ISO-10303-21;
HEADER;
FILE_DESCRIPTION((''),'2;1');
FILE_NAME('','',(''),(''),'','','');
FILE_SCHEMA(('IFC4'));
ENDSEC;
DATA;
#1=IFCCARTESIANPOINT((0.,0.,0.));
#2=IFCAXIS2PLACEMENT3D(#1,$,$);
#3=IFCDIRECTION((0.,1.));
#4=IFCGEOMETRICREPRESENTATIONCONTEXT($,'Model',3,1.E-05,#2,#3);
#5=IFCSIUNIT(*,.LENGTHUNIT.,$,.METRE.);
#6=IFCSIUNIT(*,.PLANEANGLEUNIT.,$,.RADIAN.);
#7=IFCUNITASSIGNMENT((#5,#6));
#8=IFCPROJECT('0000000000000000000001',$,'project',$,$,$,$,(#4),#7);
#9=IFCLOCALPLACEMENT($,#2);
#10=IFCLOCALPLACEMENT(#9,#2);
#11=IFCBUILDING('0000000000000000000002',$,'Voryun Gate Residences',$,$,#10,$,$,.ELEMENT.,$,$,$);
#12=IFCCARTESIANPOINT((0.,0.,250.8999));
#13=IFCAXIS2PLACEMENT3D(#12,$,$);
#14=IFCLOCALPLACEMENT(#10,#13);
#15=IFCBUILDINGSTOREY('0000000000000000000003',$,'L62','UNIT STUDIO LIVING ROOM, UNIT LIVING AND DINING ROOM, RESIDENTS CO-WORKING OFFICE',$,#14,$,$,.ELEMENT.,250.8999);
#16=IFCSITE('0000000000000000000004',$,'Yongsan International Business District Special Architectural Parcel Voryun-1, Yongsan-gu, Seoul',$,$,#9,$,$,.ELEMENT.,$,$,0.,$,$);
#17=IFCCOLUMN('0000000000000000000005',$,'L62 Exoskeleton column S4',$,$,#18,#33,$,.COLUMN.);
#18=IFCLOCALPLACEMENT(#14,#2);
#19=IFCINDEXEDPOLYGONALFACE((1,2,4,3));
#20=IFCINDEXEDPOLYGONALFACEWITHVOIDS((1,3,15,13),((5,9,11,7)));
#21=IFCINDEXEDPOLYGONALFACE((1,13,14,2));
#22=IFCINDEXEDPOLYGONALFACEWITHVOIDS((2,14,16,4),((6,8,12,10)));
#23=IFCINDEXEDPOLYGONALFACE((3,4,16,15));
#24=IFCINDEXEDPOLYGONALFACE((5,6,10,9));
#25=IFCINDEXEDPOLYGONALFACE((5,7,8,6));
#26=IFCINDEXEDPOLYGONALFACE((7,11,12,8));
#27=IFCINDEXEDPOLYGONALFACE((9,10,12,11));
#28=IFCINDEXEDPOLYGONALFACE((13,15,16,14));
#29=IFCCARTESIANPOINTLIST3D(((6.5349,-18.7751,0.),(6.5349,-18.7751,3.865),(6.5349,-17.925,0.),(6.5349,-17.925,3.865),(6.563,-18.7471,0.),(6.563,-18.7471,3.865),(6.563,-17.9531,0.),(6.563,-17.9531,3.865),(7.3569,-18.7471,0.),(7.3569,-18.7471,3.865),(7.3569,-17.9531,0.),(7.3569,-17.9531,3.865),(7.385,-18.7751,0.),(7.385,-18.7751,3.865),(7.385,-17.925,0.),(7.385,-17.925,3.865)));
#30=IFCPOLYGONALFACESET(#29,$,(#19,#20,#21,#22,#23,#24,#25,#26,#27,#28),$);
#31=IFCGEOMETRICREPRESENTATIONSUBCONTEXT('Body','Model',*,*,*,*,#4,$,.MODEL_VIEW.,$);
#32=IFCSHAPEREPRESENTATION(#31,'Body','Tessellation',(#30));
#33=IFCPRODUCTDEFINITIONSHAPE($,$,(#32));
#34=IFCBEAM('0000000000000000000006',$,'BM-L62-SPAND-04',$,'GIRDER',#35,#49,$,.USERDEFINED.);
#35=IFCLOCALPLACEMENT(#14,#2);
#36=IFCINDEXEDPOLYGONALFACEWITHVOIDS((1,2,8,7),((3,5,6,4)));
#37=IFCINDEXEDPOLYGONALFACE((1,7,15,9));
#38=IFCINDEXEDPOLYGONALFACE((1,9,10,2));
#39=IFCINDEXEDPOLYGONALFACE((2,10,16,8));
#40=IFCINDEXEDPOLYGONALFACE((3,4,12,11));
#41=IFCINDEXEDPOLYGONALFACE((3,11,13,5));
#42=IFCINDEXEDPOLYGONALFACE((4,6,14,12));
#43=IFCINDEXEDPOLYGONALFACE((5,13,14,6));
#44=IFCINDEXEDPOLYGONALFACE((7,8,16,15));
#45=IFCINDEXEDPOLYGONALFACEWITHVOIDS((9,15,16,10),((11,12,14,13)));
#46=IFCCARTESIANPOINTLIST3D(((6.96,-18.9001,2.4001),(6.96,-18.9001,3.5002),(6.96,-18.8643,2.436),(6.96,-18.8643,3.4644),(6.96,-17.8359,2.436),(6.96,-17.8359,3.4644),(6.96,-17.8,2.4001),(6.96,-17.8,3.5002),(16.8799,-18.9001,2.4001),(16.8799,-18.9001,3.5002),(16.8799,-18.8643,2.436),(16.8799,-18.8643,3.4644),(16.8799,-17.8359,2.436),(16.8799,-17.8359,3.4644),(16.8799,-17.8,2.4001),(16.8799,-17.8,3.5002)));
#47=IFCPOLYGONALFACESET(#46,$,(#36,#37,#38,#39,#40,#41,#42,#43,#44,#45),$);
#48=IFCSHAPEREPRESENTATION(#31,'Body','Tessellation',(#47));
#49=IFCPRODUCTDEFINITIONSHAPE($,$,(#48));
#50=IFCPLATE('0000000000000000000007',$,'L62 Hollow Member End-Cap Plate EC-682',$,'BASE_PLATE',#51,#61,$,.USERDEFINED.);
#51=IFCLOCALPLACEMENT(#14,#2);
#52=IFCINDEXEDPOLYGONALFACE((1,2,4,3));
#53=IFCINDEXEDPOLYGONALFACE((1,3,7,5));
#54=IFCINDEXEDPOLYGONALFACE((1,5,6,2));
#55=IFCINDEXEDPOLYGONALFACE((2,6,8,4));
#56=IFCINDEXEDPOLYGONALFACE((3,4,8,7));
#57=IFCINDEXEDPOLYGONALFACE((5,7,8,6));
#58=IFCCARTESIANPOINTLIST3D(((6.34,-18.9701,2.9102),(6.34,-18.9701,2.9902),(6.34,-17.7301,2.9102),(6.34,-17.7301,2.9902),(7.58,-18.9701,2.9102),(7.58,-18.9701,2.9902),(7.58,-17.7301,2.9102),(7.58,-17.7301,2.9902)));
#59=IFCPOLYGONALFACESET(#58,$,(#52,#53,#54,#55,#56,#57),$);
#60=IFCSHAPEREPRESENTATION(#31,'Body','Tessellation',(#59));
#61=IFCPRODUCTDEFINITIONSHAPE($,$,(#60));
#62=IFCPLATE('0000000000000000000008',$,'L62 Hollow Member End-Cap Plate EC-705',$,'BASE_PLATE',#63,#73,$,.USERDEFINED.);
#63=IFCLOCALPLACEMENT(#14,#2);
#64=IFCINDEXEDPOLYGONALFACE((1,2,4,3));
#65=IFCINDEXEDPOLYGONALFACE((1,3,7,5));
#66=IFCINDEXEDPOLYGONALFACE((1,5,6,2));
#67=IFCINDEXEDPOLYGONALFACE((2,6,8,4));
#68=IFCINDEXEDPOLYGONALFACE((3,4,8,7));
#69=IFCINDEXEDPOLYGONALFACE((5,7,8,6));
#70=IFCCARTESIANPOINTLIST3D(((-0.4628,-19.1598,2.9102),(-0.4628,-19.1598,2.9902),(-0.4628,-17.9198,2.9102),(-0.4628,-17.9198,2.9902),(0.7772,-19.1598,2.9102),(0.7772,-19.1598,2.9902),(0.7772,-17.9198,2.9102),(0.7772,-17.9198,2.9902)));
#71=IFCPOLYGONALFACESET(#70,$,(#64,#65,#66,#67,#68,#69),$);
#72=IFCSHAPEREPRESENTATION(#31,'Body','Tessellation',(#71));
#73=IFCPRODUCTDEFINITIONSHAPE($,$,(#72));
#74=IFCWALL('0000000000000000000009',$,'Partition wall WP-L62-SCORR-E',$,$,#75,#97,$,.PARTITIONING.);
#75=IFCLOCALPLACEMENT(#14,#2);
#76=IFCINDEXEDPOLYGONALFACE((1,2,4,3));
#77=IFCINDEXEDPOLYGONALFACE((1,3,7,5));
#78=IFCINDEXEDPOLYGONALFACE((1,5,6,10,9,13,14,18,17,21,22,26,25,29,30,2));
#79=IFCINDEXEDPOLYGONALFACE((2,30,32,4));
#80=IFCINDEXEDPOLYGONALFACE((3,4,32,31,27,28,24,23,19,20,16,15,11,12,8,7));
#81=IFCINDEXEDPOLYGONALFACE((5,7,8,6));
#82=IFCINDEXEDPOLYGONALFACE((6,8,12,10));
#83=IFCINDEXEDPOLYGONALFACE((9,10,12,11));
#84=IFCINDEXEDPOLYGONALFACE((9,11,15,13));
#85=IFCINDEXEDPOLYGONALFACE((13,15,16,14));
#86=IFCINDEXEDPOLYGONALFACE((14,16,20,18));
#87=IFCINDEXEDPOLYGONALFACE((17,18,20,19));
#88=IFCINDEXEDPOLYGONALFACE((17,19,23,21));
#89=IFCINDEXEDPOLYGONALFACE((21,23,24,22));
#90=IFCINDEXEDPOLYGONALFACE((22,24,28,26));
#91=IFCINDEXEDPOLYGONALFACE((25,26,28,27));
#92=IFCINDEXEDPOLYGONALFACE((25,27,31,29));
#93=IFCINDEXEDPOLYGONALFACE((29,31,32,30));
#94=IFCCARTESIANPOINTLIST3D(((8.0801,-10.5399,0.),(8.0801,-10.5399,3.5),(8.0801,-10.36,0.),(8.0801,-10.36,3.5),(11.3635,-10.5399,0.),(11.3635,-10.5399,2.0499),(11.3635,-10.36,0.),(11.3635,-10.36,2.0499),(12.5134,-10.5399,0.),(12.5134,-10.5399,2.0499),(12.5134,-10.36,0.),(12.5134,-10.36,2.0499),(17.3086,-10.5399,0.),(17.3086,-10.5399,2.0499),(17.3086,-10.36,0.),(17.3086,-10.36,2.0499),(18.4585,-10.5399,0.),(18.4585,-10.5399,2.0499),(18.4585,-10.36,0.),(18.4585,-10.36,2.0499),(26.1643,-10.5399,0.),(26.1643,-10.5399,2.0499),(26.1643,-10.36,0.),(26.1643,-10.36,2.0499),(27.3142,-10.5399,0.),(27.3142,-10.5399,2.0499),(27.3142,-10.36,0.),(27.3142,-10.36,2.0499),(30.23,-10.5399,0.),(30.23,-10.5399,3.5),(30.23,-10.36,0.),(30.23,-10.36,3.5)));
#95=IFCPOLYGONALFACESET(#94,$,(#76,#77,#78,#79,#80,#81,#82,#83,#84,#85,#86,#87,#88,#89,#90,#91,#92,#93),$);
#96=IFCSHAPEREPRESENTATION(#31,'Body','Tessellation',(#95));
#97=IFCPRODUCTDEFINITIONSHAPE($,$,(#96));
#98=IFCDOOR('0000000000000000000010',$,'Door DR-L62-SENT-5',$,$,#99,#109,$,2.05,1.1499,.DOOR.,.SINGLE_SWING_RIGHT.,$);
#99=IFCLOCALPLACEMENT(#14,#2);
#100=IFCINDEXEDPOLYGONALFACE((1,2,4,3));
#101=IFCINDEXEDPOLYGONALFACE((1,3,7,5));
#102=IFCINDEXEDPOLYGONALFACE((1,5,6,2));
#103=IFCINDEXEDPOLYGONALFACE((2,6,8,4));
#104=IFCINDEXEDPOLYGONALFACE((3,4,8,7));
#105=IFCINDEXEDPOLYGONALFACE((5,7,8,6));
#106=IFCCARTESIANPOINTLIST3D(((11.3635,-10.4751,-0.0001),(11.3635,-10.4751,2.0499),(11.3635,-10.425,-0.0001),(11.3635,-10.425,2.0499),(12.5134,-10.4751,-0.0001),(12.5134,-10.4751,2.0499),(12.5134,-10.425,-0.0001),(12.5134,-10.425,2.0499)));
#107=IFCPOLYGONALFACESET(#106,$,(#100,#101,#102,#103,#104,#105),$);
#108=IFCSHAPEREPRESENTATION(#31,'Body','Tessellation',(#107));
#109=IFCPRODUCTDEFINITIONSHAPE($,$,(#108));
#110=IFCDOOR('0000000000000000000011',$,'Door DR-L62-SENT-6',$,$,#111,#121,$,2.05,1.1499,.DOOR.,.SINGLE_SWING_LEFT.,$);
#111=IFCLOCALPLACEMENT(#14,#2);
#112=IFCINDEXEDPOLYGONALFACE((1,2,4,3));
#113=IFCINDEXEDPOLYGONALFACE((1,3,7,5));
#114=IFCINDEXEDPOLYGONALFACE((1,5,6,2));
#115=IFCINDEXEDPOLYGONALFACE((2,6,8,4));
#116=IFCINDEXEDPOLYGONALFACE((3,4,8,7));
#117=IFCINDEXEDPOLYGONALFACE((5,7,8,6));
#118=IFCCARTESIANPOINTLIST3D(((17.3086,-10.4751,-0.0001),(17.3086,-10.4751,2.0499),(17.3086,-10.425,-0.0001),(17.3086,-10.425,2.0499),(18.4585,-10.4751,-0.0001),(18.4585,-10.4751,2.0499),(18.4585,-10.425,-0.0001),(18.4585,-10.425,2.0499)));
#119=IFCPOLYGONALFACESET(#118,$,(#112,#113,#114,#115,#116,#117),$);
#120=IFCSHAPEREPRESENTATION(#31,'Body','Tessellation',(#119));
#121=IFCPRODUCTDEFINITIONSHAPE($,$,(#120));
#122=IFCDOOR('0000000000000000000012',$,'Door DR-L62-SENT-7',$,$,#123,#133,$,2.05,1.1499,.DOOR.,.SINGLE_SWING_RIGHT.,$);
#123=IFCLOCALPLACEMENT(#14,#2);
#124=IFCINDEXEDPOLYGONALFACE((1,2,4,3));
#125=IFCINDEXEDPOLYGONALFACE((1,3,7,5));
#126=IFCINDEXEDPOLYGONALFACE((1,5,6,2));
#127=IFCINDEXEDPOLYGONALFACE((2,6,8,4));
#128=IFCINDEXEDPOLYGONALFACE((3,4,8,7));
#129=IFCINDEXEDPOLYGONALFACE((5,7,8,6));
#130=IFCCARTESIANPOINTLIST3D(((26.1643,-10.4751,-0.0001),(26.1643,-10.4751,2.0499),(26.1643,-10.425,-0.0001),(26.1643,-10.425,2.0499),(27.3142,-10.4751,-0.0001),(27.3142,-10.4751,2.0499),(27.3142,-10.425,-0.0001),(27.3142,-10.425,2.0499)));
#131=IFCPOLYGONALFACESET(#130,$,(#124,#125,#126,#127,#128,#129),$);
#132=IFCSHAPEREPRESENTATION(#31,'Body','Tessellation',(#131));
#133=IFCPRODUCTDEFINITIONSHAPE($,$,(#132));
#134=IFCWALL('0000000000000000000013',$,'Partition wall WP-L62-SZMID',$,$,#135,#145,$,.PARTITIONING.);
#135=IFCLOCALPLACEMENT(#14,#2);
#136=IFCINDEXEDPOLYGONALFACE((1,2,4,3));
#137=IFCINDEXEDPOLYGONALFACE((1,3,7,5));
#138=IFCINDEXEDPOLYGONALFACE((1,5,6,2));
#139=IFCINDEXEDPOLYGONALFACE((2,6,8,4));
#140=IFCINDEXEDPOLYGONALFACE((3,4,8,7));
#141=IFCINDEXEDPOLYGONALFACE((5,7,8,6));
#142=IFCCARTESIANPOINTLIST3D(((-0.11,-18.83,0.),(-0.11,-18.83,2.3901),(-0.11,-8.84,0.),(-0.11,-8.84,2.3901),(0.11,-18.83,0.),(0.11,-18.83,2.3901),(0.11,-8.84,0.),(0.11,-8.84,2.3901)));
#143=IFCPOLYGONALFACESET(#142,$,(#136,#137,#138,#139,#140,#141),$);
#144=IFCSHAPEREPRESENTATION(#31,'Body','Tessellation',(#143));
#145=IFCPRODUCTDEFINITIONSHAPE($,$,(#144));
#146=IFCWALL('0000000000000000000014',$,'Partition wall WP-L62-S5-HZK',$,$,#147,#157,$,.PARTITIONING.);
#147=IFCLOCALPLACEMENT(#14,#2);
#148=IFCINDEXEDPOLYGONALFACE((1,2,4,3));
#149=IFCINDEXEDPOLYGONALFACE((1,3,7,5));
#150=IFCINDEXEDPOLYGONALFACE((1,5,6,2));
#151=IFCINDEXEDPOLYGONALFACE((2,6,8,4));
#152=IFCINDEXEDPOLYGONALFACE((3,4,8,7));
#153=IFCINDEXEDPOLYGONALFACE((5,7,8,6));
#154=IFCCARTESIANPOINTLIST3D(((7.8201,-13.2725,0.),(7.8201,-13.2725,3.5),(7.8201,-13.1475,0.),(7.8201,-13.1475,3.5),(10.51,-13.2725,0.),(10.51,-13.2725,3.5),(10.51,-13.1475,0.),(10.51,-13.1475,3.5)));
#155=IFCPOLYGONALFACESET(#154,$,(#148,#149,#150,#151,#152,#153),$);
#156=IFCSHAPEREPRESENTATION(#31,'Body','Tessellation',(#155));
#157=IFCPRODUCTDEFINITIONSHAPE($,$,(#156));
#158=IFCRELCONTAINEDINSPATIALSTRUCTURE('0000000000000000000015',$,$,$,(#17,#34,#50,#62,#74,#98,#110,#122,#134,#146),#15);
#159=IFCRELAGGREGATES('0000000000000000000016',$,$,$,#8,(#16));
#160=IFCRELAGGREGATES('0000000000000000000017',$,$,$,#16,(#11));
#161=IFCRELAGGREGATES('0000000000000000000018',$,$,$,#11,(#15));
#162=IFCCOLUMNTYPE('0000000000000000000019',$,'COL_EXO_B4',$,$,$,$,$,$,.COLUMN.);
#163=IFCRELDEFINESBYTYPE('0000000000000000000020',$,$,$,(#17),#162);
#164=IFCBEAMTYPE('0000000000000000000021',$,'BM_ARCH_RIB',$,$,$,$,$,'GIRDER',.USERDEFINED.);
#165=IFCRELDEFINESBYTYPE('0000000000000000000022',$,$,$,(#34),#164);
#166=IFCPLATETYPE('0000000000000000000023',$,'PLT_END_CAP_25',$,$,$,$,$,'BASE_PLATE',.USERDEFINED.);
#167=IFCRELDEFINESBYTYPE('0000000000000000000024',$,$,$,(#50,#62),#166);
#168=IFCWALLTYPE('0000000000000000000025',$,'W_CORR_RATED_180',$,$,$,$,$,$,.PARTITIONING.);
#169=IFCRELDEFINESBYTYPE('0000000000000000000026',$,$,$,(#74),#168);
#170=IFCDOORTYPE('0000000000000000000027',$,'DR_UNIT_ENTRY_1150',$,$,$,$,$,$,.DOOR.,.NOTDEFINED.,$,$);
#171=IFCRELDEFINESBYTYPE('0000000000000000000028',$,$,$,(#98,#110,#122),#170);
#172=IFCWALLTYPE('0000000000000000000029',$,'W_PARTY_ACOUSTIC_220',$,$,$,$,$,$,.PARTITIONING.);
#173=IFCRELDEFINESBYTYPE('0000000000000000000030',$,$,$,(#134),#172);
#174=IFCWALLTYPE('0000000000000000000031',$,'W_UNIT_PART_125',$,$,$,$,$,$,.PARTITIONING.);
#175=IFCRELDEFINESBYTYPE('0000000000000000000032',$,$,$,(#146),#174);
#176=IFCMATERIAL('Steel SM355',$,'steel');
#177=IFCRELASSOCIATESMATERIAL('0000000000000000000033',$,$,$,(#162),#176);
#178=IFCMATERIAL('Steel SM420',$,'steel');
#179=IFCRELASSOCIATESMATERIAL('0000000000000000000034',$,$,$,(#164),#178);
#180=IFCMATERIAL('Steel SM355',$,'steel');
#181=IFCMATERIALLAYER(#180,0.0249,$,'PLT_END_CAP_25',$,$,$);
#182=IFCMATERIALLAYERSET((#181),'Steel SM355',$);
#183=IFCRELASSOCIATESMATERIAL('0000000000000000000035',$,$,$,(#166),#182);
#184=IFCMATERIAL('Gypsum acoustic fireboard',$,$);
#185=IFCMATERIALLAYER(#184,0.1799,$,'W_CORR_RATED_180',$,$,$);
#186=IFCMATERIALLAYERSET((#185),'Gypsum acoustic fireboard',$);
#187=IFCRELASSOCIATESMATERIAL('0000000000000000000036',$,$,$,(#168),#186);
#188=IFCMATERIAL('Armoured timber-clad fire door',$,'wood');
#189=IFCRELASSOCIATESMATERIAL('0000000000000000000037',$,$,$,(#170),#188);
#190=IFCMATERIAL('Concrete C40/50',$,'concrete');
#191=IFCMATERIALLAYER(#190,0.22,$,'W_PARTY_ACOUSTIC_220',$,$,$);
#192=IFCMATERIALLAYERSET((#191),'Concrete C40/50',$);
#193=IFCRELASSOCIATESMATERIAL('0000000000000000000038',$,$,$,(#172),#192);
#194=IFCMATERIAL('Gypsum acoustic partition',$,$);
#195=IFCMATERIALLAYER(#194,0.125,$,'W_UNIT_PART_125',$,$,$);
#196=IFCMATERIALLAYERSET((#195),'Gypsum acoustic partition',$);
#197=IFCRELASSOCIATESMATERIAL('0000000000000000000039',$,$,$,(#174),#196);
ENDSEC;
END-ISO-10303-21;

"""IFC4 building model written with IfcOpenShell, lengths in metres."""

from ifc_helpers import new_model, si_unit, direction, frame, frame_2d, origin, origin_2d, place, context, subcontext, project, spatial, rectangle, hollow_rectangle, extrude, material, layer, layer_set, material_profile, profile_set, type_object, element, fill, save


model = new_model("IFC4")

# Units and contexts
model_context = context("Model", 3, precision=1e-05, world=origin(), true_north=direction((0.0, 1.0)))
body_context = subcontext(model_context, "Body", "Model", "MODEL_VIEW")
ifc_project = project(units=[si_unit("LENGTHUNIT", "METRE"), si_unit("PLANEANGLEUNIT", "RADIAN")], contexts=[model_context])

# Site, building, storey
site_placement = place(None, origin())
site = spatial("IfcSite", under=ifc_project, at=site_placement, Name="Yongsan International Business District Special Architectural Parcel Voryun-1, Yongsan-gu, Seoul", CompositionType="ELEMENT", RefElevation=0.0)
building_placement = place(site_placement, origin())
building = spatial("IfcBuilding", under=site, at=building_placement, Name="Voryun Gate Residences", CompositionType="ELEMENT")
storey_placement = place(building_placement, frame((0.0, 0.0, 250.8999)))
storey = spatial("IfcBuildingStorey", under=building, at=storey_placement, Name="L62", Description="UNIT STUDIO LIVING ROOM, UNIT LIVING AND DINING ROOM, RESIDENTS CO-WORKING OFFICE", CompositionType="ELEMENT", Elevation=250.8999)

# Column
ifc_material_1 = material(Name="Steel SM355", Category="steel")
ifc_material_profile_1 = material_profile(ifc_material_1, hollow_rectangle(XDim=0.8501, YDim=0.8501, WallThickness=0.0281, at=origin_2d()), Name="BOX-850x850x28")
ifc_profile_set_1 = profile_set([ifc_material_profile_1], Name="Steel SM355")
column_type = type_object("IfcColumnType", Name="COL_EXO_B4", PredefinedType="COLUMN", material=ifc_profile_set_1)
column_placement = place(storey_placement, frame((6.96, -18.3501, 0.0), z_axis=(0.0, 0.0, 1.0), x_axis=(1.0, 0.0, 0.0)))
element("IfcColumn", 1, at=column_placement, inside=storey, type_object=column_type, Name="L62 Exoskeleton column S4", PredefinedType="COLUMN", context=body_context, shape_type="SweptSolid", body=[
    extrude(hollow_rectangle(XDim=0.8501, YDim=0.8501, WallThickness=0.0281, at=origin_2d()), origin(), (0.0, 0.0, 1.0), 3.865),
])

# Beam
ifc_material_2 = material(Name="Steel SM420", Category="steel")
ifc_material_profile_2 = material_profile(ifc_material_2, hollow_rectangle(XDim=1.1001, YDim=1.1001, WallThickness=0.0359, at=origin_2d()), Name="BOX-1100x1100x36")
ifc_profile_set_2 = profile_set([ifc_material_profile_2], Name="Steel SM420")
beam_type = type_object("IfcBeamType", Name="BM_ARCH_RIB", ElementType="GIRDER", PredefinedType="USERDEFINED", material=ifc_profile_set_2)
beam_placement = place(storey_placement, frame((6.96, -18.3501, 2.9502), z_axis=(1.0, 0.0, 0.0), x_axis=(0.0, 1.0, 0.0)))
element("IfcBeam", 2, at=beam_placement, inside=storey, type_object=beam_type, Name="BM-L62-SPAND-04", ObjectType="GIRDER", PredefinedType="USERDEFINED", context=body_context, shape_type="SweptSolid", body=[
    extrude(hollow_rectangle(XDim=1.1001, YDim=1.1001, WallThickness=0.0359, at=origin_2d()), origin(), (0.0, 0.0, 1.0), 9.9199),
])

# Plates
ifc_material_3 = material(Name="Steel SM355", Category="steel")
ifc_layer_1 = layer(ifc_material_3, 0.0249, Name="PLT_END_CAP_25")
ifc_layer_set_1 = layer_set([ifc_layer_1], Name="Steel SM355")
plate_type = type_object("IfcPlateType", Name="PLT_END_CAP_25", ElementType="BASE_PLATE", PredefinedType="USERDEFINED", material=ifc_layer_set_1)
for number, where, z_axis, x_axis, name in (
    (3, (6.96, -18.3501, 2.9102), (0.0, 0.0, 1.0), (1.0, 0.0, 0.0), "L62 Hollow Member End-Cap Plate EC-682"),
    (4, (0.1572, -18.5398, 2.9102), (0.0, 0.0, 1.0), (1.0, 0.0, 0.0), "L62 Hollow Member End-Cap Plate EC-705"),
):
    element("IfcPlate", number, at=place(storey_placement, frame(where, z_axis=z_axis, x_axis=x_axis)), inside=storey, type_object=plate_type, Name=name, ObjectType="BASE_PLATE", PredefinedType="USERDEFINED", context=body_context, shape_type="SweptSolid", body=[
        extrude(rectangle(XDim=1.24, YDim=1.24, at=origin_2d()), origin(), (0.0, 0.0, 1.0), 0.0801),
    ])

# Wall, openings, doors
ifc_material_4 = material(Name="Gypsum acoustic fireboard")
ifc_layer_2 = layer(ifc_material_4, 0.1799, Name="W_CORR_RATED_180")
ifc_layer_set_2 = layer_set([ifc_layer_2], Name="Gypsum acoustic fireboard")
wall_type_1 = type_object("IfcWallType", Name="W_CORR_RATED_180", PredefinedType="PARTITIONING", material=ifc_layer_set_2)
wall_1_placement = place(storey_placement, frame((8.0801, -10.45, 0.0), z_axis=(0.0, 0.0, 1.0), x_axis=(1.0, 0.0, 0.0)))
wall_1 = element("IfcWall", 5, at=wall_1_placement, inside=storey, type_object=wall_type_1, Name="Partition wall WP-L62-SCORR-E", PredefinedType="PARTITIONING", context=body_context, shape_type="SweptSolid", body=[
    extrude(rectangle(XDim=22.1499, YDim=0.1799, at=frame_2d((11.075, 0.0))), origin(), (0.0, 0.0, 1.0), 3.5),
])
opening_1_placement = place(wall_1_placement, frame((3.2834, 0.0, 0.0)))
opening_1 = element("IfcOpeningElement", 6, at=opening_1_placement, cuts=wall_1, PredefinedType="OPENING", context=body_context, shape_type="SweptSolid", body=[
    extrude(rectangle(XDim=1.1499, YDim=2.05, at=frame_2d((0.575, 1.0249))), frame((0.0, 0.0999, 0.0), z_axis=(0.0, -1.0, 0.0), x_axis=(1.0, 0.0, 0.0)), (0.0, 0.0, 1.0), 0.2),
])
opening_2_placement = place(wall_1_placement, frame((9.2285, 0.0, 0.0)))
opening_2 = element("IfcOpeningElement", 7, at=opening_2_placement, cuts=wall_1, PredefinedType="OPENING", context=body_context, shape_type="SweptSolid", body=[
    extrude(rectangle(XDim=1.1499, YDim=2.05, at=frame_2d((0.575, 1.0249))), frame((0.0, 0.0999, 0.0), z_axis=(0.0, -1.0, 0.0), x_axis=(1.0, 0.0, 0.0)), (0.0, 0.0, 1.0), 0.2),
])
opening_3_placement = place(wall_1_placement, frame((18.0842, 0.0, 0.0)))
opening_3 = element("IfcOpeningElement", 8, at=opening_3_placement, cuts=wall_1, PredefinedType="OPENING", context=body_context, shape_type="SweptSolid", body=[
    extrude(rectangle(XDim=1.1499, YDim=2.05, at=frame_2d((0.575, 1.0249))), frame((0.0, 0.0999, 0.0), z_axis=(0.0, -1.0, 0.0), x_axis=(1.0, 0.0, 0.0)), (0.0, 0.0, 1.0), 0.2),
])
ifc_material_5 = material(Name="Armoured timber-clad fire door", Category="wood")
door_type_1 = type_object("IfcDoorType", Name="DR_UNIT_ENTRY_1150", OperationType="NOTDEFINED", PredefinedType="DOOR", material=ifc_material_5)
door_1_placement = place(opening_1_placement, origin())
door_1 = element("IfcDoor", 9, at=door_1_placement, inside=storey, type_object=door_type_1, Name="Door DR-L62-SENT-5", OperationType="SINGLE_SWING_RIGHT", OverallHeight=2.05, OverallWidth=1.1499, PredefinedType="DOOR", context=body_context, shape_type="SweptSolid", body=[
    extrude(rectangle(XDim=1.1499, YDim=2.05, at=frame_2d((0.575, 1.0249))), frame((0.0, 0.0249, 0.0), z_axis=(0.0, -1.0, 0.0), x_axis=(1.0, 0.0, 0.0)), (0.0, 0.0, 1.0), 0.05),
])
fill(opening_1, door_1)
door_2_placement = place(opening_2_placement, origin())
door_2 = element("IfcDoor", 10, at=door_2_placement, inside=storey, type_object=door_type_1, Name="Door DR-L62-SENT-6", OperationType="SINGLE_SWING_LEFT", OverallHeight=2.05, OverallWidth=1.1499, PredefinedType="DOOR", context=body_context, shape_type="SweptSolid", body=[
    extrude(rectangle(XDim=1.1499, YDim=2.05, at=frame_2d((0.575, 1.0249))), frame((0.0, 0.0249, 0.0), z_axis=(0.0, -1.0, 0.0), x_axis=(1.0, 0.0, 0.0)), (0.0, 0.0, 1.0), 0.05),
])
fill(opening_2, door_2)
door_3_placement = place(opening_3_placement, origin())
door_3 = element("IfcDoor", 11, at=door_3_placement, inside=storey, type_object=door_type_1, Name="Door DR-L62-SENT-7", OperationType="SINGLE_SWING_RIGHT", OverallHeight=2.05, OverallWidth=1.1499, PredefinedType="DOOR", context=body_context, shape_type="SweptSolid", body=[
    extrude(rectangle(XDim=1.1499, YDim=2.05, at=frame_2d((0.575, 1.0249))), frame((0.0, 0.0249, 0.0), z_axis=(0.0, -1.0, 0.0), x_axis=(1.0, 0.0, 0.0)), (0.0, 0.0, 1.0), 0.05),
])
fill(opening_3, door_3)

# Walls
ifc_material_6 = material(Name="Concrete C40/50", Category="concrete")
ifc_layer_3 = layer(ifc_material_6, 0.22, Name="W_PARTY_ACOUSTIC_220")
ifc_layer_set_3 = layer_set([ifc_layer_3], Name="Concrete C40/50")
wall_type_2 = type_object("IfcWallType", Name="W_PARTY_ACOUSTIC_220", PredefinedType="PARTITIONING", material=ifc_layer_set_3)
wall_2_placement = place(storey_placement, frame((0.0, -18.8301, 0.0), z_axis=(0.0, 0.0, 1.0), x_axis=(0.0, 1.0, 0.0)))
element("IfcWall", 12, at=wall_2_placement, inside=storey, type_object=wall_type_2, Name="Partition wall WP-L62-SZMID", PredefinedType="PARTITIONING", context=body_context, shape_type="SweptSolid", body=[
    extrude(rectangle(XDim=9.99, YDim=0.22, at=frame_2d((4.9951, 0.0))), origin(), (0.0, 0.0, 1.0), 2.3901),
])
ifc_material_7 = material(Name="Gypsum acoustic partition")
ifc_layer_4 = layer(ifc_material_7, 0.125, Name="W_UNIT_PART_125")
ifc_layer_set_4 = layer_set([ifc_layer_4], Name="Gypsum acoustic partition")
wall_type_3 = type_object("IfcWallType", Name="W_UNIT_PART_125", PredefinedType="PARTITIONING", material=ifc_layer_set_4)
wall_3_placement = place(storey_placement, frame((7.8201, -13.21, 0.0), z_axis=(0.0, 0.0, 1.0), x_axis=(1.0, 0.0, 0.0)))
element("IfcWall", 13, at=wall_3_placement, inside=storey, type_object=wall_type_3, Name="Partition wall WP-L62-S5-HZK", PredefinedType="PARTITIONING", context=body_context, shape_type="SweptSolid", body=[
    extrude(rectangle(XDim=2.6899, YDim=0.125, at=frame_2d((1.345, 0.0))), origin(), (0.0, 0.0, 1.0), 3.5),
])

save(model, "model.ifc")
